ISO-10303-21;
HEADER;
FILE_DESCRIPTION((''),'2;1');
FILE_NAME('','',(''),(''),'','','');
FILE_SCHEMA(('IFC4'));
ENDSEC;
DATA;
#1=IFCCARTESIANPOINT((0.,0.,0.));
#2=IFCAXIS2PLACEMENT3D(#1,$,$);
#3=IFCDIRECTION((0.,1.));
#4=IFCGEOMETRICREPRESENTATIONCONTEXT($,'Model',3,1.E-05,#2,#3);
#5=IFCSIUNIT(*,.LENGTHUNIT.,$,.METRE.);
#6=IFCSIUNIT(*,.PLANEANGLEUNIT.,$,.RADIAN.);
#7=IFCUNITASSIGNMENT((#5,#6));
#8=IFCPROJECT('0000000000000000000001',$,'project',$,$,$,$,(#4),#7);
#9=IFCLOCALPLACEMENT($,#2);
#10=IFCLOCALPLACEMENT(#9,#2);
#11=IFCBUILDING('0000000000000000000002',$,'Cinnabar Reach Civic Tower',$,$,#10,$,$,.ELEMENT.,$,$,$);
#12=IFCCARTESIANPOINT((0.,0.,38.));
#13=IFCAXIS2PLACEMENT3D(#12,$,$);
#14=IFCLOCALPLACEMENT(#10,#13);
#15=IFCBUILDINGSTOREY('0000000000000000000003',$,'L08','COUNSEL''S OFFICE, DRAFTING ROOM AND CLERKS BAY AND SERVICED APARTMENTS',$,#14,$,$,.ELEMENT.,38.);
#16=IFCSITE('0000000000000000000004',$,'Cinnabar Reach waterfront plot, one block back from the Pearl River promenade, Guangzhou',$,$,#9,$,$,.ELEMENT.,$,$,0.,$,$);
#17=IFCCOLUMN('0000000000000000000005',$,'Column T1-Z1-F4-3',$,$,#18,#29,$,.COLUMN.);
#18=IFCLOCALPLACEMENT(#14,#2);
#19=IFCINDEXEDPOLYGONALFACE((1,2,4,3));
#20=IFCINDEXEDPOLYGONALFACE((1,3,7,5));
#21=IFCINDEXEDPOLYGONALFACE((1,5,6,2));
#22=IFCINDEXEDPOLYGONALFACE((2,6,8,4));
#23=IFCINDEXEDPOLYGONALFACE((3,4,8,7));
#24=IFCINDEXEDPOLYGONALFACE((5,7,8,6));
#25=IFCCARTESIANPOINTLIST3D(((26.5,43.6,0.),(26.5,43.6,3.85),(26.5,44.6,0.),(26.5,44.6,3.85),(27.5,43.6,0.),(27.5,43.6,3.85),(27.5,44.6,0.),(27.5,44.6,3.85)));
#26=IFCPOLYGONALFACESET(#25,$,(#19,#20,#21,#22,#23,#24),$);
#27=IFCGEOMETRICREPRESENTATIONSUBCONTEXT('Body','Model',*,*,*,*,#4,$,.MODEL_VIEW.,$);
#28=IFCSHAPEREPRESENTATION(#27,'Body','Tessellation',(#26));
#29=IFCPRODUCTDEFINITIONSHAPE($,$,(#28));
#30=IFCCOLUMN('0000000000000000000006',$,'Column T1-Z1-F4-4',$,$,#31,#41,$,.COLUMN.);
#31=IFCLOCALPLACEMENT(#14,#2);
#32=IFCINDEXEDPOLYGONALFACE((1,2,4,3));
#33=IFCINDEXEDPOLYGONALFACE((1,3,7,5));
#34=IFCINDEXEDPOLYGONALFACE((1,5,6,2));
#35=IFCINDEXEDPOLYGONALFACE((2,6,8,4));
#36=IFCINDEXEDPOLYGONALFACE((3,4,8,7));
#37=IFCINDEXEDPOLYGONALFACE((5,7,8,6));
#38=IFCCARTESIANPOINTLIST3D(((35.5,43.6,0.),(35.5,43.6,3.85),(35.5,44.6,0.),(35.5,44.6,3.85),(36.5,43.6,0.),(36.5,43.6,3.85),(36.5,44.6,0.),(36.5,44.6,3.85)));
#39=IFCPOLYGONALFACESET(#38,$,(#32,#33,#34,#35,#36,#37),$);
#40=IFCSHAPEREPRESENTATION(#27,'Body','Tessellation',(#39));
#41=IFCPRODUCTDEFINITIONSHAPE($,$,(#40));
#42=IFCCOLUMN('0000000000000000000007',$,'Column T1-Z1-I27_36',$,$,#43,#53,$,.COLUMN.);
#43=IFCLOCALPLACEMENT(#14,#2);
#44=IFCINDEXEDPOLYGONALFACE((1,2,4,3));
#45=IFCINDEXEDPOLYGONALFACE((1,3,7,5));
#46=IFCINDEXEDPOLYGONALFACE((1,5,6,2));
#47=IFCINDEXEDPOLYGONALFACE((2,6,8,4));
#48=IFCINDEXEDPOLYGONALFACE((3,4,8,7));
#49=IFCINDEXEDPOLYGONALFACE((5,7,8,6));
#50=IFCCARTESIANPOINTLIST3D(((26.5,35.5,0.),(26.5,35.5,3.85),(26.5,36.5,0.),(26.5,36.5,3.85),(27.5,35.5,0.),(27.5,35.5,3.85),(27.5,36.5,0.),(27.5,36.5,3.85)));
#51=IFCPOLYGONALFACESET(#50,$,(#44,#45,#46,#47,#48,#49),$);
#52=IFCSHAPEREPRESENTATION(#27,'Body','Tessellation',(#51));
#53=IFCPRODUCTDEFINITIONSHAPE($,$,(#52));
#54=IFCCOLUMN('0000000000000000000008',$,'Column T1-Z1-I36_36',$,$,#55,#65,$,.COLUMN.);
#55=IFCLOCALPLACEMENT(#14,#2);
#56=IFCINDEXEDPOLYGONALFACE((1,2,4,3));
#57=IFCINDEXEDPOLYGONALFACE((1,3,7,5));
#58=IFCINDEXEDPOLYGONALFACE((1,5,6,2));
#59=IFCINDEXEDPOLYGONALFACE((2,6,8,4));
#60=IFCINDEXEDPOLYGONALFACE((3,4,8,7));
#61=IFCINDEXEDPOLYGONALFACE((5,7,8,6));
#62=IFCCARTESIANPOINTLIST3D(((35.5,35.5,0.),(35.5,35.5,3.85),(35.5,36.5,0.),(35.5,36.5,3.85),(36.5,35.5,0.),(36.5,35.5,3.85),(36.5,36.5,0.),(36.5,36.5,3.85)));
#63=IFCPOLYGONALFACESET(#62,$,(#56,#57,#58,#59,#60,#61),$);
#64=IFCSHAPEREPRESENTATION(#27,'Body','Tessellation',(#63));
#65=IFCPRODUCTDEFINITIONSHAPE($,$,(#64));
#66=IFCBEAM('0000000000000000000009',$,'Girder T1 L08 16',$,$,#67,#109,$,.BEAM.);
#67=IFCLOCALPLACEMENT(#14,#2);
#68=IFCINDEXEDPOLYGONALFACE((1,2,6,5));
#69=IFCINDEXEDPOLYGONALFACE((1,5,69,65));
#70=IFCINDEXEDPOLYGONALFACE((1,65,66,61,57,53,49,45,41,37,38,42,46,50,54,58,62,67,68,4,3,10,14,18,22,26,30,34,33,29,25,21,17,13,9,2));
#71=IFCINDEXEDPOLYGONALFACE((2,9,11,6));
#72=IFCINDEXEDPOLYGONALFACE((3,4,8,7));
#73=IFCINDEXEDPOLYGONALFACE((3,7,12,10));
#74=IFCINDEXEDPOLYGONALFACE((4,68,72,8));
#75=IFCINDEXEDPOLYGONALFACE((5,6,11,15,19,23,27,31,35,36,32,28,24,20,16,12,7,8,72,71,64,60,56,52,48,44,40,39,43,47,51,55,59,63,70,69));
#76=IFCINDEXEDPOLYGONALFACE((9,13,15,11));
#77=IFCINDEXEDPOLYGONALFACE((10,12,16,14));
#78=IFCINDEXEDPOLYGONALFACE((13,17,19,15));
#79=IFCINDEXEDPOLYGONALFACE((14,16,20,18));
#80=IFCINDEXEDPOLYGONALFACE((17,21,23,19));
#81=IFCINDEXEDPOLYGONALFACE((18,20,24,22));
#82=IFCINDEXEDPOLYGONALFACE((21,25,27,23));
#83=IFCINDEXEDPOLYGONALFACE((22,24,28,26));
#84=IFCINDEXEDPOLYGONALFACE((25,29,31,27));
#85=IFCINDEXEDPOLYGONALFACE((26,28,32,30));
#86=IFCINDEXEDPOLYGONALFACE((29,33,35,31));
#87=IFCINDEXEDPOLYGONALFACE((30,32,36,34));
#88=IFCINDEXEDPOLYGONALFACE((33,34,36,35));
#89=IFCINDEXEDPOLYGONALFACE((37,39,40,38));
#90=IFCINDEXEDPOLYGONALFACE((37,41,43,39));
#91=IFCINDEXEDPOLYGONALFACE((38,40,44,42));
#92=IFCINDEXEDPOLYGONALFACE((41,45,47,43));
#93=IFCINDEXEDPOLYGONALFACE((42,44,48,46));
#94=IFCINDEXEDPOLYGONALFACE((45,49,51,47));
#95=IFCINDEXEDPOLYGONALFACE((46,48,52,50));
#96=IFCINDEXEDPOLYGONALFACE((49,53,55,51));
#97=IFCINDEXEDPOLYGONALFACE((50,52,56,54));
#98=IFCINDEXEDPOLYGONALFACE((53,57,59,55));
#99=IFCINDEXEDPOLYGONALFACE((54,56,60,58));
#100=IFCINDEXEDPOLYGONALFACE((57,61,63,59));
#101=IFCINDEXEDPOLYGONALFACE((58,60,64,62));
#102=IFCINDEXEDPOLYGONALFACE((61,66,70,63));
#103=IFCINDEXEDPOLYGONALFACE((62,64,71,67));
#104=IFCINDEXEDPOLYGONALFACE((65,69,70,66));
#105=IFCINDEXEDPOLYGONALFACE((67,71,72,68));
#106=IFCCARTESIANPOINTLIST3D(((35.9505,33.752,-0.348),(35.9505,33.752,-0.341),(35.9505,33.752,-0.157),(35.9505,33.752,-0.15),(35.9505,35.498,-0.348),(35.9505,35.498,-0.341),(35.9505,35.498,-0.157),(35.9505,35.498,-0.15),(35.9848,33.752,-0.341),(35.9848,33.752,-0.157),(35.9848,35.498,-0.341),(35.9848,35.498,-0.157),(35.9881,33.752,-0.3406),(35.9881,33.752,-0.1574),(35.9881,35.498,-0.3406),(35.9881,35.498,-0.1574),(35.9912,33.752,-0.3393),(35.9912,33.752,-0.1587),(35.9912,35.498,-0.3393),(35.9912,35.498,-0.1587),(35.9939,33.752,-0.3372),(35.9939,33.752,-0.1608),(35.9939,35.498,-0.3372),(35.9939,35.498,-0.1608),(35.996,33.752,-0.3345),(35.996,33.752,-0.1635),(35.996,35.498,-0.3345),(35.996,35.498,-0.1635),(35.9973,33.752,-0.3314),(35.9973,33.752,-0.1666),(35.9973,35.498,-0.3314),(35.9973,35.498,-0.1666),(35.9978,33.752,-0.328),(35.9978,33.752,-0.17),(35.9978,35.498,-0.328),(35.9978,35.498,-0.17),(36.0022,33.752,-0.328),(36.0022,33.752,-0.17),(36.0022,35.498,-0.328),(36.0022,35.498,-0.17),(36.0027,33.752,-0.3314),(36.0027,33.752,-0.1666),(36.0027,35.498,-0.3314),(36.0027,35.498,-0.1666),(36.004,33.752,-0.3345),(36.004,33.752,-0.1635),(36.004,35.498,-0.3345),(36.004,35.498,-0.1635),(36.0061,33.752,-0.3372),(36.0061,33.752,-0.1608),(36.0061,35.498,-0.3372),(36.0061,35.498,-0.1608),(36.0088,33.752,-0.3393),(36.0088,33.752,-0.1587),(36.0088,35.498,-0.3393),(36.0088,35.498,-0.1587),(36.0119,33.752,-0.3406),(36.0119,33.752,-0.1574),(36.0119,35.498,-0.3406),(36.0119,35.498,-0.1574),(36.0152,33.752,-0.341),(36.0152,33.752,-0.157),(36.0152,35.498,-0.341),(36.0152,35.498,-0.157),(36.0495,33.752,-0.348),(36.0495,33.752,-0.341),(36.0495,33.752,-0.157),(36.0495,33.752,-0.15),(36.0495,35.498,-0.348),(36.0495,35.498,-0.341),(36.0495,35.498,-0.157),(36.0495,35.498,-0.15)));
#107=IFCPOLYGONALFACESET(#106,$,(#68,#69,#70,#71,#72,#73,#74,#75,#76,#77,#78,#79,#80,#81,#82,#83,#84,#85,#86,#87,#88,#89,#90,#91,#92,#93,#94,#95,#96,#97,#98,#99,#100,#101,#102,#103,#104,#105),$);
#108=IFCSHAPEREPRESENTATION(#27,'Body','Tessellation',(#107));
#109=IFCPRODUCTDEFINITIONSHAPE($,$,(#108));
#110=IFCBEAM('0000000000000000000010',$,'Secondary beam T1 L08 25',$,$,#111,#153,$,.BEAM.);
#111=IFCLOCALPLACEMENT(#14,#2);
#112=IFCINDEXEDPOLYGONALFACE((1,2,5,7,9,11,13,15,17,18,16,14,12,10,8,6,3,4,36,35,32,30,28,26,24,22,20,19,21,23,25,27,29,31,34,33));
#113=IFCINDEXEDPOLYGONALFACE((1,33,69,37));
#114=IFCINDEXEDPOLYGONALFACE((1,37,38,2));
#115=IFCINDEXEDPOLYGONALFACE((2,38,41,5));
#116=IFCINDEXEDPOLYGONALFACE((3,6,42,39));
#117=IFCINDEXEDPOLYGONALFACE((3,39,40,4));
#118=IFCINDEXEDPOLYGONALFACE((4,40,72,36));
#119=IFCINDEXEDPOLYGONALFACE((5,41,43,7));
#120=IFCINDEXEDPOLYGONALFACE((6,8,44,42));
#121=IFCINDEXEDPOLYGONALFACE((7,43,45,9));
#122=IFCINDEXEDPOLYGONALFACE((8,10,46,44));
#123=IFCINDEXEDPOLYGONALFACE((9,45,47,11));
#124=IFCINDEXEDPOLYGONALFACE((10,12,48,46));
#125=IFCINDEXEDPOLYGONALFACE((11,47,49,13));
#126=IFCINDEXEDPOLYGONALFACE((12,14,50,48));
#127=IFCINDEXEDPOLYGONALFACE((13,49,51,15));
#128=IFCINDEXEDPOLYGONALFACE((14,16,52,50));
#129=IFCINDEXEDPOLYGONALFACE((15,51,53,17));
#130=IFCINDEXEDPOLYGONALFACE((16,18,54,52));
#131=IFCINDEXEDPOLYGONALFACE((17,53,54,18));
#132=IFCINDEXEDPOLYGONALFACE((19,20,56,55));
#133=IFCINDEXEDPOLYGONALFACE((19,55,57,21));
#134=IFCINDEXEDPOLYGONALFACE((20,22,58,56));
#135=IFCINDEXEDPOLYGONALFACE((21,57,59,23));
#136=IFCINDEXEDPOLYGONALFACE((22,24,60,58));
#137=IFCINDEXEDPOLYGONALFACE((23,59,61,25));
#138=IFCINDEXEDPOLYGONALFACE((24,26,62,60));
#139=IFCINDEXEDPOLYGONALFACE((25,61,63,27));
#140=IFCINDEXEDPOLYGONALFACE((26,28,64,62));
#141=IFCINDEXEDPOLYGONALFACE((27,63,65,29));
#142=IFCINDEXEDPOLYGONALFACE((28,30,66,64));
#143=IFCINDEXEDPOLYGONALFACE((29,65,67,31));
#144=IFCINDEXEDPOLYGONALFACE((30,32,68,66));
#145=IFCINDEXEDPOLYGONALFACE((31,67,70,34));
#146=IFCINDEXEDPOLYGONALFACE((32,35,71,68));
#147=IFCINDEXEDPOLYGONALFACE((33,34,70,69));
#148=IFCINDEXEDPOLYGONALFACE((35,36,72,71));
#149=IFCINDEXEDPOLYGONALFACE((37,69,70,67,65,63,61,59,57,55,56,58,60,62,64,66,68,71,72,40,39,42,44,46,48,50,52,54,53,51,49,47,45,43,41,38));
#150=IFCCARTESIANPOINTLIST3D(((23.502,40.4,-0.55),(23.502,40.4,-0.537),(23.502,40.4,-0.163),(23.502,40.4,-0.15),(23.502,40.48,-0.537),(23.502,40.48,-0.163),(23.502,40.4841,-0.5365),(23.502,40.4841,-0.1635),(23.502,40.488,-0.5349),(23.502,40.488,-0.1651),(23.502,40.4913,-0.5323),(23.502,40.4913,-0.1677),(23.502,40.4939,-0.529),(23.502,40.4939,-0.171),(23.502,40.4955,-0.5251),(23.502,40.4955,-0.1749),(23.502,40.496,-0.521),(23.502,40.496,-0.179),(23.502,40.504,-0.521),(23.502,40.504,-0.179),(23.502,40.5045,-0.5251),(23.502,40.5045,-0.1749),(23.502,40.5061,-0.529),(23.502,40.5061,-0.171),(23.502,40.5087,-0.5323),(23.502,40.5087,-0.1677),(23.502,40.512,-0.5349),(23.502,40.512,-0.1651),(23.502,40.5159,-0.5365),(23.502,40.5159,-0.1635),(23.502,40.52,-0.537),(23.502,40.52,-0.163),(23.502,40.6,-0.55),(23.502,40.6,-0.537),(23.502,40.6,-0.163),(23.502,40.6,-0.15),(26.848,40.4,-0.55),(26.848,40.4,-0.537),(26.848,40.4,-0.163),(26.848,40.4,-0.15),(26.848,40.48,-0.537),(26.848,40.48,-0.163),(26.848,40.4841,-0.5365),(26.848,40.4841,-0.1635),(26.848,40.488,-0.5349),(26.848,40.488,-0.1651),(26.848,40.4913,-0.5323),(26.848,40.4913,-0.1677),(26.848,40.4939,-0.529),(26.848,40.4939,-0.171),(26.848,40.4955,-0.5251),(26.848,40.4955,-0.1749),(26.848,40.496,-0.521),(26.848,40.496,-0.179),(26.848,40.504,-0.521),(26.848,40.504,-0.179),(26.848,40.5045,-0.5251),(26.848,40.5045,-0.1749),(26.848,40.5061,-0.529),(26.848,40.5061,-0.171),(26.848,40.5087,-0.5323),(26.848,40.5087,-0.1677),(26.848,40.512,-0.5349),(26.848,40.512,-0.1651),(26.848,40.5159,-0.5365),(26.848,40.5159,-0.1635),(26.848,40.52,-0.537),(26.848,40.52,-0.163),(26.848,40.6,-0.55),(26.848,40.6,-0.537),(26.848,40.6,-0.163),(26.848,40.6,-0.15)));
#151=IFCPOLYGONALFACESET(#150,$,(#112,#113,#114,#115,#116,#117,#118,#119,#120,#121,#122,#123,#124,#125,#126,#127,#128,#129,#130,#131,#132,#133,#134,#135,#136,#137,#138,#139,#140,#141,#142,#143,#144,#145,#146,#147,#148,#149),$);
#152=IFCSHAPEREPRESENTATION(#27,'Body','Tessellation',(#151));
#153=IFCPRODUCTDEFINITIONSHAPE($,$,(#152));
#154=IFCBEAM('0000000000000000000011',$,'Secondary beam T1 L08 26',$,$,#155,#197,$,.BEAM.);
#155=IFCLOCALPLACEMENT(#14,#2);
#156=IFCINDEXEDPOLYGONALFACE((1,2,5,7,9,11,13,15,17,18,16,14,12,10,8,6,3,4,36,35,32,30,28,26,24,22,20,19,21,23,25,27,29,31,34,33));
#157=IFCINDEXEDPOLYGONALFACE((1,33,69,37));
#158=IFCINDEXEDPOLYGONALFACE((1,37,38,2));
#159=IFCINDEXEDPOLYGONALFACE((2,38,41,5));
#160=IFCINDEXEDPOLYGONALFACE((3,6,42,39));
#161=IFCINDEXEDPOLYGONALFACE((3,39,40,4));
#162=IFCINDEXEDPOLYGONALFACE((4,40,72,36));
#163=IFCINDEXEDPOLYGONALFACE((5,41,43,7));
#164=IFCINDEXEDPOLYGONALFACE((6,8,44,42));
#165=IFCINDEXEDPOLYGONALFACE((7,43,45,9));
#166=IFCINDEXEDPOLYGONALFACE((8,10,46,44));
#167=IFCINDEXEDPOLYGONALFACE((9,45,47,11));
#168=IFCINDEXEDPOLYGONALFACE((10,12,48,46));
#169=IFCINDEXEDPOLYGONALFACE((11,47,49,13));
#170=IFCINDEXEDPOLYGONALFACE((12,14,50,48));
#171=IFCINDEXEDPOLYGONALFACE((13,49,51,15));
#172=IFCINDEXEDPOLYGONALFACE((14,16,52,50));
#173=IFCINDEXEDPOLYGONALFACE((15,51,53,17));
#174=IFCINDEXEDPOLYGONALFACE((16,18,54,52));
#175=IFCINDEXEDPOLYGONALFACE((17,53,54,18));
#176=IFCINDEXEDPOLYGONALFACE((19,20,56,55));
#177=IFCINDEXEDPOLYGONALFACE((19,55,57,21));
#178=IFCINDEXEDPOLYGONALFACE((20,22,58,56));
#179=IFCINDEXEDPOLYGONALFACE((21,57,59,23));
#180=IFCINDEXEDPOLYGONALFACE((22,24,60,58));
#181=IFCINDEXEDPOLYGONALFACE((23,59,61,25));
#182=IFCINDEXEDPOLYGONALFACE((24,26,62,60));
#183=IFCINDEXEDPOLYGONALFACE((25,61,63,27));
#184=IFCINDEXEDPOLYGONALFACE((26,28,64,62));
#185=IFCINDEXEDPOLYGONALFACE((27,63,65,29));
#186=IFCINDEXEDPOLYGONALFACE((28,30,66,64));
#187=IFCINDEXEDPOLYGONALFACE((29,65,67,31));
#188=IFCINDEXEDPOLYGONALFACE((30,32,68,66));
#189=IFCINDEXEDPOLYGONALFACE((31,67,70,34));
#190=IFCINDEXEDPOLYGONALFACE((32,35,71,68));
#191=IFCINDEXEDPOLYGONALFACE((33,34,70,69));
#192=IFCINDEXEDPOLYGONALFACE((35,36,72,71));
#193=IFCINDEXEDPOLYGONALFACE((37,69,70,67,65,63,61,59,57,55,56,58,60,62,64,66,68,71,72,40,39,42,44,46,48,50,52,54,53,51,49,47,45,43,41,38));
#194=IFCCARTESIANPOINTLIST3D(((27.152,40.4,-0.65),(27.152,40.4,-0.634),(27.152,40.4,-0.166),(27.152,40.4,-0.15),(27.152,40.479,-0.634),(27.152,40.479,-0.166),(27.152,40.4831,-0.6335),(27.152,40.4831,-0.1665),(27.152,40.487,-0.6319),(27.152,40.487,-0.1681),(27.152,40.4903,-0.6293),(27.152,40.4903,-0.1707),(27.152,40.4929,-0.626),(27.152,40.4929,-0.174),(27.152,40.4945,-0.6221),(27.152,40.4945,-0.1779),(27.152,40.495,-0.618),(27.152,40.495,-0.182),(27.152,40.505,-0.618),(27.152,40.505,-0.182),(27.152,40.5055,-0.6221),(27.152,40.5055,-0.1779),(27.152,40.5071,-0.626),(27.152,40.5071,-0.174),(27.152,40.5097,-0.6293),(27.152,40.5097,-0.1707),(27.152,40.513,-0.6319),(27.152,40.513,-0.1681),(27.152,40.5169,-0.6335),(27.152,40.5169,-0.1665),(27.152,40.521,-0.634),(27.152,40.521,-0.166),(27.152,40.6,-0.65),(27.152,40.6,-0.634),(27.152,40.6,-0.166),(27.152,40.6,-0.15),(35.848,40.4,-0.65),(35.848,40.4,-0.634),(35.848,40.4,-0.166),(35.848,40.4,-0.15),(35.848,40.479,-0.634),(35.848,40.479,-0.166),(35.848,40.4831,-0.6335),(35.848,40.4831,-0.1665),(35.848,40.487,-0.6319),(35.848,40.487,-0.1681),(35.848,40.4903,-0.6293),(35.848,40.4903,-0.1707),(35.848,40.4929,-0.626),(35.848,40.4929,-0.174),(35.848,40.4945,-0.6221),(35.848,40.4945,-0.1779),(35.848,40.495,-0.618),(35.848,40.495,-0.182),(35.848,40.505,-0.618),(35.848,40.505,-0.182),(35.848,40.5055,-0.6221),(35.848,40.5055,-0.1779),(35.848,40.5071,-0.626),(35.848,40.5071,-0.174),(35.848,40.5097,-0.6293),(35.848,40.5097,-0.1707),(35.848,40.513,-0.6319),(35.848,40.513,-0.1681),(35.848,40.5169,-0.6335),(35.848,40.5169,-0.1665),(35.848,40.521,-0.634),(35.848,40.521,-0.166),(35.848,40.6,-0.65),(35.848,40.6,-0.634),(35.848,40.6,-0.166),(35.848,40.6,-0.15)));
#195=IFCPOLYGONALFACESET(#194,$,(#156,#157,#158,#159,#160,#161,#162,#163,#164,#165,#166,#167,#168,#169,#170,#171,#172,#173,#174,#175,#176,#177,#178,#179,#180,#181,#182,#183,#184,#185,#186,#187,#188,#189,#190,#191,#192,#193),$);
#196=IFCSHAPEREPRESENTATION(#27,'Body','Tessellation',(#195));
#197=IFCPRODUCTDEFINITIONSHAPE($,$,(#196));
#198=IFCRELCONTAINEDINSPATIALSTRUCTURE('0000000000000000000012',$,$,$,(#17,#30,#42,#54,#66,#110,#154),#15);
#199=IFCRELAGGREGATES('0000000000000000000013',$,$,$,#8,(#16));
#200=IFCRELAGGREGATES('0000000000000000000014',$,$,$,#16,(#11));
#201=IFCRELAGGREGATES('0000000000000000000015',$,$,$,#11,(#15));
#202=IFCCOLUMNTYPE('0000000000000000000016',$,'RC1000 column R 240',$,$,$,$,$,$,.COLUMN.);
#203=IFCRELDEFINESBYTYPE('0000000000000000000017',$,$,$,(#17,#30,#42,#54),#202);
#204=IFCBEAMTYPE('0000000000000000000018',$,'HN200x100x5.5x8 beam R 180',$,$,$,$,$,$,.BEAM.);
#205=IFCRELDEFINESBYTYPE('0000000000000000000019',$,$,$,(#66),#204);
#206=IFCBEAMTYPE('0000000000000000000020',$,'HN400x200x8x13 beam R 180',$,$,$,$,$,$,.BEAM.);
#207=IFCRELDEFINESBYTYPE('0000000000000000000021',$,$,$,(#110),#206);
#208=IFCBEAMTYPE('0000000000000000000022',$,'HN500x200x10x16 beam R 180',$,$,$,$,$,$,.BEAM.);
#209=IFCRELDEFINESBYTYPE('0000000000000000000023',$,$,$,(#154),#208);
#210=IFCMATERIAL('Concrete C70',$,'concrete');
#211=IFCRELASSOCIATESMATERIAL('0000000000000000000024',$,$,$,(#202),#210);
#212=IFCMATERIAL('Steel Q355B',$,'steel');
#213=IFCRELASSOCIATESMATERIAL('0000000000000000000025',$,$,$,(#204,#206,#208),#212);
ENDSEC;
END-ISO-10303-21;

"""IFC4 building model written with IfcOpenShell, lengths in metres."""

from ifc_helpers import new_model, si_unit, direction, frame, origin, origin_2d, place, context, subcontext, project, spatial, rectangle, i_section, extrude, material, material_profile, profile_set, type_object, element, save


model = new_model("IFC4")

# Units and contexts
model_context = context("Model", 3, precision=1e-05, world=origin(), true_north=direction((0.0, 1.0)))
body_context = subcontext(model_context, "Body", "Model", "MODEL_VIEW")
ifc_project = project(units=[si_unit("LENGTHUNIT", "METRE"), si_unit("PLANEANGLEUNIT", "RADIAN")], contexts=[model_context])

# Site, building, storey
site_placement = place(None, origin())
site = spatial("IfcSite", under=ifc_project, at=site_placement, Name="Cinnabar Reach waterfront plot, one block back from the Pearl River promenade, Guangzhou", CompositionType="ELEMENT", RefElevation=0.0)
building_placement = place(site_placement, origin())
building = spatial("IfcBuilding", under=site, at=building_placement, Name="Cinnabar Reach Civic Tower", CompositionType="ELEMENT")
storey_placement = place(building_placement, frame((0.0, 0.0, 38.0)))
storey = spatial("IfcBuildingStorey", under=building, at=storey_placement, Name="L08", Description="COUNSEL'S OFFICE, DRAFTING ROOM AND CLERKS BAY AND SERVICED APARTMENTS", CompositionType="ELEMENT", Elevation=38.0)

# Columns
ifc_material_1 = material(Name="Concrete C70", Category="concrete")
ifc_material_profile_1 = material_profile(ifc_material_1, rectangle(XDim=1.0, YDim=1.0, at=origin_2d()), Name="RC1000")
ifc_profile_set_1 = profile_set([ifc_material_profile_1], Name="Concrete C70")
column_type = type_object("IfcColumnType", Name="RC1000 column R 240", PredefinedType="COLUMN", material=ifc_profile_set_1)
for number, where, z_axis, x_axis, name in (
    (1, (27.0, 44.1, 0.0), (0.0, 0.0, 1.0), (1.0, 0.0, 0.0), "Column T1-Z1-F4-3"),
    (2, (36.0, 44.1, 0.0), (0.0, 0.0, 1.0), (1.0, 0.0, 0.0), "Column T1-Z1-F4-4"),
    (3, (27.0, 36.0, 0.0), (0.0, 0.0, 1.0), (1.0, 0.0, 0.0), "Column T1-Z1-I27_36"),
    (4, (36.0, 36.0, 0.0), (0.0, 0.0, 1.0), (1.0, 0.0, 0.0), "Column T1-Z1-I36_36"),
):
    element("IfcColumn", number, at=place(storey_placement, frame(where, z_axis=z_axis, x_axis=x_axis)), inside=storey, type_object=column_type, Name=name, PredefinedType="COLUMN", context=body_context, shape_type="SweptSolid", body=[
        extrude(rectangle(XDim=1.0, YDim=1.0, at=origin_2d()), origin(), (0.0, 0.0, 1.0), 3.85),
    ])

# Beams
ifc_material_2 = material(Name="Steel Q355B", Category="steel")
ifc_material_profile_2 = material_profile(ifc_material_2, i_section(OverallWidth=0.099, OverallDepth=0.198, WebThickness=0.0045, FlangeThickness=0.007, FilletRadius=0.013, at=origin_2d()), Name="HN200x100x5.5x8")
ifc_profile_set_2 = profile_set([ifc_material_profile_2], Name="Steel Q355B")
beam_type_1 = type_object("IfcBeamType", Name="HN200x100x5.5x8 beam R 180", PredefinedType="BEAM", material=ifc_profile_set_2)
beam_1_placement = place(storey_placement, frame((36.0, 33.752, -0.249), z_axis=(0.0, 1.0, 0.0), x_axis=(-1.0, 0.0, 0.0)))
element("IfcBeam", 5, at=beam_1_placement, inside=storey, type_object=beam_type_1, Name="Girder T1 L08 16", PredefinedType="BEAM", context=body_context, shape_type="SweptSolid", body=[
    extrude(i_section(OverallWidth=0.099, OverallDepth=0.198, WebThickness=0.0045, FlangeThickness=0.007, FilletRadius=0.013, at=origin_2d()), origin(), (0.0, 0.0, 1.0), 1.746),
])
ifc_material_profile_3 = material_profile(ifc_material_2, i_section(OverallWidth=0.2, OverallDepth=0.4, WebThickness=0.008, FlangeThickness=0.013, FilletRadius=0.016, at=origin_2d()), Name="HN400x200x8x13")
ifc_profile_set_3 = profile_set([ifc_material_profile_3], Name="Steel Q355B")
beam_type_2 = type_object("IfcBeamType", Name="HN400x200x8x13 beam R 180", PredefinedType="BEAM", material=ifc_profile_set_3)
beam_2_placement = place(storey_placement, frame((23.502, 40.5, -0.35), z_axis=(1.0, 0.0, 0.0), x_axis=(0.0, 1.0, 0.0)))
element("IfcBeam", 6, at=beam_2_placement, inside=storey, type_object=beam_type_2, Name="Secondary beam T1 L08 25", PredefinedType="BEAM", context=body_context, shape_type="SweptSolid", body=[
    extrude(i_section(OverallWidth=0.2, OverallDepth=0.4, WebThickness=0.008, FlangeThickness=0.013, FilletRadius=0.016, at=origin_2d()), origin(), (0.0, 0.0, 1.0), 3.346),
])
ifc_material_profile_4 = material_profile(ifc_material_2, i_section(OverallWidth=0.2, OverallDepth=0.5, WebThickness=0.01, FlangeThickness=0.016, FilletRadius=0.016, at=origin_2d()), Name="HN500x200x10x16")
ifc_profile_set_4 = profile_set([ifc_material_profile_4], Name="Steel Q355B")
beam_type_3 = type_object("IfcBeamType", Name="HN500x200x10x16 beam R 180", PredefinedType="BEAM", material=ifc_profile_set_4)
for number, where, z_axis, x_axis, name in (
    (7, (27.152, 40.5, -0.4), (1.0, 0.0, 0.0), (0.0, 1.0, 0.0), "Secondary beam T1 L08 26"),
):
    element("IfcBeam", number, at=place(storey_placement, frame(where, z_axis=z_axis, x_axis=x_axis)), inside=storey, type_object=beam_type_3, Name=name, PredefinedType="BEAM", context=body_context, shape_type="SweptSolid", body=[
        extrude(i_section(OverallWidth=0.2, OverallDepth=0.5, WebThickness=0.01, FlangeThickness=0.016, FilletRadius=0.016, at=origin_2d()), origin(), (0.0, 0.0, 1.0), 8.696),
    ])

save(model, "model.ifc")
